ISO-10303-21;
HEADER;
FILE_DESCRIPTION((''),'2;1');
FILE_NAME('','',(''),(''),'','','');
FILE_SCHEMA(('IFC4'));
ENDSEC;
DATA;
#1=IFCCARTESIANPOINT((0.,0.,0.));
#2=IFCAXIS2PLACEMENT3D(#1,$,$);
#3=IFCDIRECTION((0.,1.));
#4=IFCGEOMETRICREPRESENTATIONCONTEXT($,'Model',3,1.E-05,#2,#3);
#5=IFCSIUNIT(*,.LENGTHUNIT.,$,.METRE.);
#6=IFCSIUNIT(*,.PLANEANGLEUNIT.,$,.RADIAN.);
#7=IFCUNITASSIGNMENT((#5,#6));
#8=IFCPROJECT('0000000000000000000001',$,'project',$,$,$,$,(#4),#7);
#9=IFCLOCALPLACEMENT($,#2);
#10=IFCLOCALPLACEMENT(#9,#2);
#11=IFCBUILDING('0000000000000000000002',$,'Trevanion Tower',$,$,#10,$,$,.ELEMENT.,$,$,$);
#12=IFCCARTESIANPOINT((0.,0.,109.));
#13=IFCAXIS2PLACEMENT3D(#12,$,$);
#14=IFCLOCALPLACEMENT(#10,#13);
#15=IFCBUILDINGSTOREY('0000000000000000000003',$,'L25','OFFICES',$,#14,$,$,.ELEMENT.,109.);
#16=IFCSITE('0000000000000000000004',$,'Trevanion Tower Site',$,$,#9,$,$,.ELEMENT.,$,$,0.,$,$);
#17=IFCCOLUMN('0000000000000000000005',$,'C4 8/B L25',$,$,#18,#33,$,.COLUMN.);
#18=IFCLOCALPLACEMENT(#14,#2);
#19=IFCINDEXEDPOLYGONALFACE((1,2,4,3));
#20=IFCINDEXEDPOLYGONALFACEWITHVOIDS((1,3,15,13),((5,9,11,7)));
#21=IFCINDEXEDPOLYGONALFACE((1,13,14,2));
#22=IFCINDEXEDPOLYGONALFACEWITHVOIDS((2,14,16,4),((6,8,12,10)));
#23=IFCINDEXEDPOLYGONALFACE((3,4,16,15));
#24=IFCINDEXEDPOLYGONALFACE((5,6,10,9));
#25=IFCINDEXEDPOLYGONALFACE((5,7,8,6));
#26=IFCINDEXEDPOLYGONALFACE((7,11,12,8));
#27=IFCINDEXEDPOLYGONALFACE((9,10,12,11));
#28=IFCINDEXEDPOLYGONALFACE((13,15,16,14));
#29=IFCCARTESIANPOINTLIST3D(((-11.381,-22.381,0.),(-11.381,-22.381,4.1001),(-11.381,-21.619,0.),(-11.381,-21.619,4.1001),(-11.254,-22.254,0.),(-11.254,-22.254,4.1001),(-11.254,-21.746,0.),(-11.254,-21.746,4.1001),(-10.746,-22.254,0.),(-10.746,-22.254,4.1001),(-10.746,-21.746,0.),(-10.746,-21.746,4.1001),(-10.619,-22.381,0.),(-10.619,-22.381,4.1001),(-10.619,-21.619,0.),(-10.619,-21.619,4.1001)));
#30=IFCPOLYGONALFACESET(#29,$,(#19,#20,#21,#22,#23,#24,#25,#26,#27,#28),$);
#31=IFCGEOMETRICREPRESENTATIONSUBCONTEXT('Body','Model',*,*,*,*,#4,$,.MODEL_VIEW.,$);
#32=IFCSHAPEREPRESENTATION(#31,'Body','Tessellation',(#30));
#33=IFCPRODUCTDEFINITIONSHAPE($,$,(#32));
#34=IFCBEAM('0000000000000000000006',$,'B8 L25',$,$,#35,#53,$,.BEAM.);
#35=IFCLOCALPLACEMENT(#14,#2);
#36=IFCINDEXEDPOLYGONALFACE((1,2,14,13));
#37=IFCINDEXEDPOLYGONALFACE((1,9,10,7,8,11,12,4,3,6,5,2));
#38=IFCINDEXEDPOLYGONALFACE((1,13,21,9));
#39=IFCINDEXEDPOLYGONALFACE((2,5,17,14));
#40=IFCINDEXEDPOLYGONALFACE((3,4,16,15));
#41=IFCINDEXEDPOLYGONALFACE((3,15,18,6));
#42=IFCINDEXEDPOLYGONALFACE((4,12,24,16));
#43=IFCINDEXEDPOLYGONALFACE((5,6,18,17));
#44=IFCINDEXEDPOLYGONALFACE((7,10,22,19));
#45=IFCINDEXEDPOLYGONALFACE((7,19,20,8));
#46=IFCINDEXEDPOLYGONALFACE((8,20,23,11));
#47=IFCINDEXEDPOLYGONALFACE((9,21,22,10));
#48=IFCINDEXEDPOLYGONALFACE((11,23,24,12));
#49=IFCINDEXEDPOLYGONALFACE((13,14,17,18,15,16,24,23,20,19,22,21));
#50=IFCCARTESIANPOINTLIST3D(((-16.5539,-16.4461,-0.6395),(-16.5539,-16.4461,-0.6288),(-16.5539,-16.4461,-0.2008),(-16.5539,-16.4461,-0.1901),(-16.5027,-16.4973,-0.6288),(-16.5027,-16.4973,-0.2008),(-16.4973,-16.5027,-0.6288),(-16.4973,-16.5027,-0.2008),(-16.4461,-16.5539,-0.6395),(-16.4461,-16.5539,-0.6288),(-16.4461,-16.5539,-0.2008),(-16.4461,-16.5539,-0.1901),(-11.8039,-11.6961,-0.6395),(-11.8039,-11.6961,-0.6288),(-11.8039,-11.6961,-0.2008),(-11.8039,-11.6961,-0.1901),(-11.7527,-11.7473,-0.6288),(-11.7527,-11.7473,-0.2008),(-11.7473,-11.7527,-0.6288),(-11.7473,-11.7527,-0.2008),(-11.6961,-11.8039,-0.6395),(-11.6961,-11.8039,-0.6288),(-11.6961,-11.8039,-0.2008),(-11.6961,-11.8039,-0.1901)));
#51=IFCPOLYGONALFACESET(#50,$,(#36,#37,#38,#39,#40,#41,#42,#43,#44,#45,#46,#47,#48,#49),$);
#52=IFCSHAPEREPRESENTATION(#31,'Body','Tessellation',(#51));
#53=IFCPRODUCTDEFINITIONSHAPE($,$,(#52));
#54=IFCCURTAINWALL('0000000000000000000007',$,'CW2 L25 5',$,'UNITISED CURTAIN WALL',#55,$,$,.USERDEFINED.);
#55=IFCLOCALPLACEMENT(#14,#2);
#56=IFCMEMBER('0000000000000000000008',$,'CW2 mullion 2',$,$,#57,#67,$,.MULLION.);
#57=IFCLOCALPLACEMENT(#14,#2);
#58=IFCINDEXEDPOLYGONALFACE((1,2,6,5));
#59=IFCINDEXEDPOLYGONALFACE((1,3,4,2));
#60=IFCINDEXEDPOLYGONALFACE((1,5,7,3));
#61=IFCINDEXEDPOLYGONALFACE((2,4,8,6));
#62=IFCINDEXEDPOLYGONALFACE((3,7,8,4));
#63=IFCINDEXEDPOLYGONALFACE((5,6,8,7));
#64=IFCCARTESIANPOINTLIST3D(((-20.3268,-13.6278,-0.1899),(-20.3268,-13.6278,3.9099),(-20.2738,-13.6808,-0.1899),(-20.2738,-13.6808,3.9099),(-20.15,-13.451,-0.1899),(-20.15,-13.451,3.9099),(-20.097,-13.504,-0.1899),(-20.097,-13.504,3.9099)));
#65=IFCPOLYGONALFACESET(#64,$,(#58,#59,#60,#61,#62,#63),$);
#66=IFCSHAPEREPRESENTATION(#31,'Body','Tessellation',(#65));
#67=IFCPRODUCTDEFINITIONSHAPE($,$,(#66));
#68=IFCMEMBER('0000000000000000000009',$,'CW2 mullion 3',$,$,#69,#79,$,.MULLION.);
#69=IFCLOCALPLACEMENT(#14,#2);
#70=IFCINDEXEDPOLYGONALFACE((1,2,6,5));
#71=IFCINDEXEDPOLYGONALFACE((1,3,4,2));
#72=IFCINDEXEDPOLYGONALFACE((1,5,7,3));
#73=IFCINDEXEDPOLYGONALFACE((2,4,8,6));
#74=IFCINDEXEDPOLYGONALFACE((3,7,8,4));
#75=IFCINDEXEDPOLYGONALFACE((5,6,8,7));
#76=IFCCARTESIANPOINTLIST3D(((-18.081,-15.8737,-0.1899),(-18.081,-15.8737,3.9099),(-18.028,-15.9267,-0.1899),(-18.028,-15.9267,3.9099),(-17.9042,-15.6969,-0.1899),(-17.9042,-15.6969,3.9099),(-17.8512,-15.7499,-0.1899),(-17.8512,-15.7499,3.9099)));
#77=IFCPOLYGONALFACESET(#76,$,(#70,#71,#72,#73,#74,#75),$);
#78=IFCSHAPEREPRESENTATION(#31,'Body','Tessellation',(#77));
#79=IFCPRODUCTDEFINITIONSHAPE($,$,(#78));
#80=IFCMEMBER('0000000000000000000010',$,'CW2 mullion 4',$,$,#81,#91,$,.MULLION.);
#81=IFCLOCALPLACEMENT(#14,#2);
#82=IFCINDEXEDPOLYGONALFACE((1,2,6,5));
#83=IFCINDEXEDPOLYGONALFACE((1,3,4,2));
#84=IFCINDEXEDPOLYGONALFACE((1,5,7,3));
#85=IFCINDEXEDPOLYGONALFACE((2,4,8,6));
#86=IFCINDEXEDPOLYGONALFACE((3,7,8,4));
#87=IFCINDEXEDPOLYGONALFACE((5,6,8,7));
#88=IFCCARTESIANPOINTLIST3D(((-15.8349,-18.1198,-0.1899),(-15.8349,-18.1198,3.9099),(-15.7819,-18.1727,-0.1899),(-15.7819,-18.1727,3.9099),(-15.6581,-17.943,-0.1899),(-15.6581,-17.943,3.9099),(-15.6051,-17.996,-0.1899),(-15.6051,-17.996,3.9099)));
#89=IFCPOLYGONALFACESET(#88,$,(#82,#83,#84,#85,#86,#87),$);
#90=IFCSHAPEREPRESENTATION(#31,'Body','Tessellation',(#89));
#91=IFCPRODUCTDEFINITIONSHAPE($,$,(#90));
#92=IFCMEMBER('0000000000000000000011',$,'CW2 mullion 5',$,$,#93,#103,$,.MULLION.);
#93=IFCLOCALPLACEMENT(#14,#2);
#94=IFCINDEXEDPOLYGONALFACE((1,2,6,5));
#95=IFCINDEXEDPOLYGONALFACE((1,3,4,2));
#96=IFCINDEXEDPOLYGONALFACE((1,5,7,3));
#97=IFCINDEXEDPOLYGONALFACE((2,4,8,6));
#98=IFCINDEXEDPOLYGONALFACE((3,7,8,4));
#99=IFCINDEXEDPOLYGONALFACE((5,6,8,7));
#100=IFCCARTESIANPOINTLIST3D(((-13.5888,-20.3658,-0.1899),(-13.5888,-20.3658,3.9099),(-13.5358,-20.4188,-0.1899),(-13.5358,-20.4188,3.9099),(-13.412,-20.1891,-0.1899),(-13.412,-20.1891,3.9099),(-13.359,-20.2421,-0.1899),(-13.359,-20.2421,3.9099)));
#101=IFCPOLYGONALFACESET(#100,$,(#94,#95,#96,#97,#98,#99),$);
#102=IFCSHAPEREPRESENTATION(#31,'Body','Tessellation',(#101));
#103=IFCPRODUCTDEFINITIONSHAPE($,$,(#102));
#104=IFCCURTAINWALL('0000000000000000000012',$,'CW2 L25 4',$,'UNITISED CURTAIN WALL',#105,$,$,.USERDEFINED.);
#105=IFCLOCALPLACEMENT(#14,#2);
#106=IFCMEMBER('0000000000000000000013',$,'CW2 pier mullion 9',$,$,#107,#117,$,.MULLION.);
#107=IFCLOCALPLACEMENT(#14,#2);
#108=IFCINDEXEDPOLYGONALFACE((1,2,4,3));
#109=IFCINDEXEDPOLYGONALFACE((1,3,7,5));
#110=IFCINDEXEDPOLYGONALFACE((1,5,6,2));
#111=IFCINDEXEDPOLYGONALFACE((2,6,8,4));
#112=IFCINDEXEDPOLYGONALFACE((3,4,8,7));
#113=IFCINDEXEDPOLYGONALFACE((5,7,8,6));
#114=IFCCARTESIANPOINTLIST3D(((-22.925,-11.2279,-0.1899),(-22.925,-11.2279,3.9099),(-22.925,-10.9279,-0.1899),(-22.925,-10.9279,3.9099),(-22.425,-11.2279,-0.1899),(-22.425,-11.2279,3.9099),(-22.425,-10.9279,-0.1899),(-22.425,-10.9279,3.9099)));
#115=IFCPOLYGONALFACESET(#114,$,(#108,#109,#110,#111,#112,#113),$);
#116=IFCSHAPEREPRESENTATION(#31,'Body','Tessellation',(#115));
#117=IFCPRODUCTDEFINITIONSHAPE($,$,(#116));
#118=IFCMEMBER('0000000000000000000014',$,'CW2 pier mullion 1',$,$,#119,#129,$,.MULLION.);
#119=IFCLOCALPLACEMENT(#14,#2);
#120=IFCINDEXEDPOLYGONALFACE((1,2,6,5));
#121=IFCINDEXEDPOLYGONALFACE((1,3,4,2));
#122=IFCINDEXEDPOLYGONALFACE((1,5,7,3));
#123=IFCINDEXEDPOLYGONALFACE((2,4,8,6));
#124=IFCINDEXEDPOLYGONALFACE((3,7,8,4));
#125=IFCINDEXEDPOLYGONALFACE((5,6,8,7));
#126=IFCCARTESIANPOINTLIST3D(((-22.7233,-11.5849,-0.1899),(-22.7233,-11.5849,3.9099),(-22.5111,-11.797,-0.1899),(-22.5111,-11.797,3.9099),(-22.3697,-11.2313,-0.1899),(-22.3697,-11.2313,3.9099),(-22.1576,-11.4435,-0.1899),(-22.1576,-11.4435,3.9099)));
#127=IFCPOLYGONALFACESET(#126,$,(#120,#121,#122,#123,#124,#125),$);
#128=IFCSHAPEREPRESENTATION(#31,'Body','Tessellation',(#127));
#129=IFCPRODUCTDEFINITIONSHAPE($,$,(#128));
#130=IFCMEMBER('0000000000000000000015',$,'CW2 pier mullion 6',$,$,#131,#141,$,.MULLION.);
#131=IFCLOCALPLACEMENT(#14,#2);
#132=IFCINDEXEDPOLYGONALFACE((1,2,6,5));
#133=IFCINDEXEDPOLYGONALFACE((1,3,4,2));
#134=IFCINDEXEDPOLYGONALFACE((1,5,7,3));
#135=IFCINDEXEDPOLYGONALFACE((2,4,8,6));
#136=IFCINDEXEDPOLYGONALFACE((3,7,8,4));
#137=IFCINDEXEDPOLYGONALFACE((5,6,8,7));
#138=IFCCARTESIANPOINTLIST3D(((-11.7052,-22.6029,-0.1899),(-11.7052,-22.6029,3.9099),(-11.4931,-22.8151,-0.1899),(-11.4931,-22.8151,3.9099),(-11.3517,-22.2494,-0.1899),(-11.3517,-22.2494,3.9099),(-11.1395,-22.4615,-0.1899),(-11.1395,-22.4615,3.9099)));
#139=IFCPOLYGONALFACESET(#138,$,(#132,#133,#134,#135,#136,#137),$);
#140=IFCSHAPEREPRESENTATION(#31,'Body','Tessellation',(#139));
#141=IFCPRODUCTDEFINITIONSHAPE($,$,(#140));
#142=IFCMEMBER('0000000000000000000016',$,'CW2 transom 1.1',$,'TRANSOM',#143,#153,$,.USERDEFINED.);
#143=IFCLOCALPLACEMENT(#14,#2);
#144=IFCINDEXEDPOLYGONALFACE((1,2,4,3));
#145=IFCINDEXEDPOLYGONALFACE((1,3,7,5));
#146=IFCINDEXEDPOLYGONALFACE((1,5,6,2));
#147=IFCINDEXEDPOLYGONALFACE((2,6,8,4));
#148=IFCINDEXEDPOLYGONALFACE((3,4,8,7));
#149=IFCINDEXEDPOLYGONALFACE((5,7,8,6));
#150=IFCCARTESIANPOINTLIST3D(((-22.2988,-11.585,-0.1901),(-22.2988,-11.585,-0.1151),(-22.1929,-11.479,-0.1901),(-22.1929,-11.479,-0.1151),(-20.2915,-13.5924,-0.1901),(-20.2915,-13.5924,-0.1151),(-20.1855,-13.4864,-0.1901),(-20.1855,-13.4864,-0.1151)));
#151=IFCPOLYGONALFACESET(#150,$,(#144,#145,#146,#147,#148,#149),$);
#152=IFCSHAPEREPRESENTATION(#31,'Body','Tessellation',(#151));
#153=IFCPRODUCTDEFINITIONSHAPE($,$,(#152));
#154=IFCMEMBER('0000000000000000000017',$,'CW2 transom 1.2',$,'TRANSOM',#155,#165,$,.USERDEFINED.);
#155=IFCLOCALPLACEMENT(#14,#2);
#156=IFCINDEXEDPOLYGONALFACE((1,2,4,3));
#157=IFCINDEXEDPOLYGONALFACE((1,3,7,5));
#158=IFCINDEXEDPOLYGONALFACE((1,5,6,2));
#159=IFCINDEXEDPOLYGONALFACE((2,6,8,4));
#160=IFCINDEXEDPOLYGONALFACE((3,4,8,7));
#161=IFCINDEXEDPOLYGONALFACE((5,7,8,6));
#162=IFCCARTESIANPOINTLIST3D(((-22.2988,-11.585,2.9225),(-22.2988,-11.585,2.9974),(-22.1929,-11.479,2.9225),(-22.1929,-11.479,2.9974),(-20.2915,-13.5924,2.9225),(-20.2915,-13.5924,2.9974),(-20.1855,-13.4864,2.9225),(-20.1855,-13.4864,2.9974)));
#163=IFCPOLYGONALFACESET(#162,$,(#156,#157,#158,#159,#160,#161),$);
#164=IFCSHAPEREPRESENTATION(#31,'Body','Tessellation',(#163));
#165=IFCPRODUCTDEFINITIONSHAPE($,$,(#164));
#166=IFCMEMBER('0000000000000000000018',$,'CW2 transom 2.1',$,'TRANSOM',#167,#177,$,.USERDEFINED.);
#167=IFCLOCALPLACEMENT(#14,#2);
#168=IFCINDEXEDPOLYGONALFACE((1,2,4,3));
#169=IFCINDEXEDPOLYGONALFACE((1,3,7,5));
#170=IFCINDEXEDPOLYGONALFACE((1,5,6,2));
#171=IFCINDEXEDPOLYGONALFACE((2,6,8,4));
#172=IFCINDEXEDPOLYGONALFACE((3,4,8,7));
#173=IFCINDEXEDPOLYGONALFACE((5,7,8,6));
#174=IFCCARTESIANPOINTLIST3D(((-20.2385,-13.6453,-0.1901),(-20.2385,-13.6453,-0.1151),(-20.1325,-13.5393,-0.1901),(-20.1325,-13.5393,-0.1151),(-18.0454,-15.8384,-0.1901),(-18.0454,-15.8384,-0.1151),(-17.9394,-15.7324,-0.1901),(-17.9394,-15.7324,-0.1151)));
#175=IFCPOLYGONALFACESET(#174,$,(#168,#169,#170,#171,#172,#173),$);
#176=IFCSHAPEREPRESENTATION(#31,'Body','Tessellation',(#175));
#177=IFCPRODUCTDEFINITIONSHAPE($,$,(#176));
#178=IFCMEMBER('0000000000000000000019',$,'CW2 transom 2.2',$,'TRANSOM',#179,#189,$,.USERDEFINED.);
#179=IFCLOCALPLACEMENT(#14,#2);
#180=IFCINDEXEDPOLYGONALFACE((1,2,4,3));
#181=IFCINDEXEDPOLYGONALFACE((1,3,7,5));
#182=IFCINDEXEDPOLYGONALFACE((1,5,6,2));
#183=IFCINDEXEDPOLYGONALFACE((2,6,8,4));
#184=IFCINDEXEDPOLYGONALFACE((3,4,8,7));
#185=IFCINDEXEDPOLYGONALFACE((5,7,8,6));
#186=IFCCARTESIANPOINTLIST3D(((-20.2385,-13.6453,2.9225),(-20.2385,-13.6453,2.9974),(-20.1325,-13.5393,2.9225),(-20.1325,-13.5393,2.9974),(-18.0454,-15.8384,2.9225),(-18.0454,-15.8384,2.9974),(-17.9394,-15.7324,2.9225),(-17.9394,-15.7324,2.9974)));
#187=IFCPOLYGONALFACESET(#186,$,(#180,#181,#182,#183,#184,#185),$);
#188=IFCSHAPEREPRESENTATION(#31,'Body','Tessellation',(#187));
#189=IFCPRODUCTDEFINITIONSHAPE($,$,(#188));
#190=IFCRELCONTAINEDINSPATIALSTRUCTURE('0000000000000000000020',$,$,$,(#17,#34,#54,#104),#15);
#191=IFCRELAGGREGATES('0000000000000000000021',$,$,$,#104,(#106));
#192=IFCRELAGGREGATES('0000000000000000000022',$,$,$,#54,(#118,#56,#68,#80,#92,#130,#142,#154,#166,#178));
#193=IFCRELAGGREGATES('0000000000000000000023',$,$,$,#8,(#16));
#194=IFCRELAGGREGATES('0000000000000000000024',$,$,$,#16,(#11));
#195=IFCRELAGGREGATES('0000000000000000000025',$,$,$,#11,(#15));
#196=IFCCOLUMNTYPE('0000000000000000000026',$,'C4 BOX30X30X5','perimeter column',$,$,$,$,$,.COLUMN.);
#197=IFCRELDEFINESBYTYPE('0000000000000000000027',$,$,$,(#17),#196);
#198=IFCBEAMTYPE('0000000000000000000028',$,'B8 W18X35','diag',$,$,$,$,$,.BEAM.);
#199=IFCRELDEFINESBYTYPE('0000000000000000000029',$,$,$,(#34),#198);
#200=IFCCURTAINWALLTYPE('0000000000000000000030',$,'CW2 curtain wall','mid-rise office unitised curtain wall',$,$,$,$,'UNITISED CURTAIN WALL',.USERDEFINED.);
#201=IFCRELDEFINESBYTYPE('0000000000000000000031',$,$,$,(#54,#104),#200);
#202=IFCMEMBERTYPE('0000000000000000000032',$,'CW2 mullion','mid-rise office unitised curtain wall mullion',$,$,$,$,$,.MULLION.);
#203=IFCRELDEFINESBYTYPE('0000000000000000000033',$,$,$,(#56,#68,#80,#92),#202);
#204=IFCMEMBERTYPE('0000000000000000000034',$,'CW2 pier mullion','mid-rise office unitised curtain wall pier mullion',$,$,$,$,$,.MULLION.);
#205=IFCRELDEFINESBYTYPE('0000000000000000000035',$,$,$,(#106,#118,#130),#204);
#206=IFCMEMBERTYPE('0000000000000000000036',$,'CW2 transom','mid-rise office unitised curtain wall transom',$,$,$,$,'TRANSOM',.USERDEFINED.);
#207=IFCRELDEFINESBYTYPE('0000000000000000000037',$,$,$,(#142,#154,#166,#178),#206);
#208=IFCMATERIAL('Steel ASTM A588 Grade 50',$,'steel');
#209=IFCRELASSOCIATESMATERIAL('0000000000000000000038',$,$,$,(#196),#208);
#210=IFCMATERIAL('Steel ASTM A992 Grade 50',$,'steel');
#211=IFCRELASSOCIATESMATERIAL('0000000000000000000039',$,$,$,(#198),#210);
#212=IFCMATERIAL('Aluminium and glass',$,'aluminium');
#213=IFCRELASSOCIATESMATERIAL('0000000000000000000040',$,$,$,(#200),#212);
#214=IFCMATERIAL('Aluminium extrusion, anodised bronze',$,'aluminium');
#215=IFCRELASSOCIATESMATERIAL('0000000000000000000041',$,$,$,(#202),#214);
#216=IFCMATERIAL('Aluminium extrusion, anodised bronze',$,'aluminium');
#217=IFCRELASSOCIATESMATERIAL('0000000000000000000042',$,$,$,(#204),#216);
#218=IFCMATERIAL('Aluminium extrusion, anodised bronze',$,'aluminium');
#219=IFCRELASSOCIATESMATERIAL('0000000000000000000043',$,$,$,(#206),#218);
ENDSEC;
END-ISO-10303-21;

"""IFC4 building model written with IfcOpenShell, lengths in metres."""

from ifc_helpers import new_model, si_unit, direction, frame, origin, origin_2d, place, context, subcontext, project, spatial, rectangle, hollow_rectangle, i_section, extrude, material, material_profile, profile_set, type_object, element, aggregate, save


model = new_model("IFC4")

# Units and contexts
model_context = context("Model", 3, precision=1e-05, world=origin(), true_north=direction((0.0, 1.0)))
body_context = subcontext(model_context, "Body", "Model", "MODEL_VIEW")
ifc_project = project(units=[si_unit("LENGTHUNIT", "METRE"), si_unit("PLANEANGLEUNIT", "RADIAN")], contexts=[model_context])

# Site, building, storey
site_placement = place(None, origin())
site = spatial("IfcSite", under=ifc_project, at=site_placement, Name="Trevanion Tower Site", CompositionType="ELEMENT", RefElevation=0.0)
building_placement = place(site_placement, origin())
building = spatial("IfcBuilding", under=site, at=building_placement, Name="Trevanion Tower", CompositionType="ELEMENT")
storey_placement = place(building_placement, frame((0.0, 0.0, 109.0)))
storey = spatial("IfcBuildingStorey", under=building, at=storey_placement, Name="L25", Description="OFFICES", CompositionType="ELEMENT", Elevation=109.0)

# Column
ifc_material_1 = material(Name="Steel ASTM A588 Grade 50", Category="steel")
ifc_material_profile_1 = material_profile(ifc_material_1, hollow_rectangle(XDim=0.762, YDim=0.762, WallThickness=0.127, at=origin_2d()), Name="BOX30X30X5")
ifc_profile_set_1 = profile_set([ifc_material_profile_1], Name="Steel ASTM A588 Grade 50")
column_type = type_object("IfcColumnType", Name="C4 BOX30X30X5", Description="perimeter column", PredefinedType="COLUMN", material=ifc_profile_set_1)
column_placement = place(storey_placement, frame((-11.0, -22.0, 0.0), z_axis=(0.0, 0.0, 1.0), x_axis=(1.0, 0.0, 0.0)))
element("IfcColumn", 1, at=column_placement, inside=storey, type_object=column_type, Name="C4 8/B L25", PredefinedType="COLUMN", context=body_context, shape_type="SweptSolid", body=[
    extrude(hollow_rectangle(XDim=0.762, YDim=0.762, WallThickness=0.127, at=origin_2d()), origin(), (0.0, 0.0, 1.0), 4.1001),
])

# Beam
ifc_material_2 = material(Name="Steel ASTM A992 Grade 50", Category="steel")
ifc_material_profile_2 = material_profile(ifc_material_2, i_section(OverallWidth=0.1523, OverallDepth=0.4495, WebThickness=0.0076, FlangeThickness=0.0107, at=origin_2d()), Name="W18X35")
ifc_profile_set_2 = profile_set([ifc_material_profile_2], Name="Steel ASTM A992 Grade 50")
beam_type_1 = type_object("IfcBeamType", Name="B8 W18X35", Description="diag", PredefinedType="BEAM", material=ifc_profile_set_2)
beam_1_placement = place(storey_placement, frame((-11.75, -11.75, -0.4148), z_axis=(-0.707107, -0.707107, 0.0), x_axis=(0.707107, -0.707107, 0.0)))
element("IfcBeam", 2, at=beam_1_placement, inside=storey, type_object=beam_type_1, Name="B8 L25", PredefinedType="BEAM", context=body_context, shape_type="SweptSolid", body=[
    extrude(i_section(OverallWidth=0.1523, OverallDepth=0.4495, WebThickness=0.0076, FlangeThickness=0.0107, at=origin_2d()), origin(), (0.0, 0.0, 1.0), 6.7175),
])

# Curtain wall, members
ifc_material_3 = material(Name="Aluminium and glass", Category="aluminium")
curtain_wall_type = type_object("IfcCurtainWallType", Name="CW2 curtain wall", Description="mid-rise office unitised curtain wall", ElementType="UNITISED CURTAIN WALL", PredefinedType="USERDEFINED", material=ifc_material_3)
curtain_wall_1_placement = place(storey_placement, origin())
curtain_wall_1 = element("IfcCurtainWall", 3, at=curtain_wall_1_placement, inside=storey, type_object=curtain_wall_type, Name="CW2 L25 5", ObjectType="UNITISED CURTAIN WALL", PredefinedType="USERDEFINED")
ifc_material_4 = material(Name="Aluminium extrusion, anodised bronze", Category="aluminium")
ifc_material_profile_3 = material_profile(ifc_material_4, rectangle(XDim=0.075, YDim=0.25, at=origin_2d()), Name="CW2 mullion")
ifc_profile_set_3 = profile_set([ifc_material_profile_3], Name="Aluminium extrusion, anodised bronze")
member_type_1 = type_object("IfcMemberType", Name="CW2 mullion", Description="mid-rise office unitised curtain wall mullion", PredefinedType="MULLION", material=ifc_profile_set_3)
member_1_placement = place(storey_placement, frame((-20.2119, -13.5659, -0.1899), z_axis=(0.0, 0.0, 1.0), x_axis=(0.707107, -0.707107, 0.0)))
member_1 = element("IfcMember", 4, at=member_1_placement, type_object=member_type_1, Name="CW2 mullion 2", PredefinedType="MULLION", context=body_context, shape_type="SweptSolid", body=[
    extrude(rectangle(XDim=0.075, YDim=0.25, at=origin_2d()), origin(), (0.0, 0.0, 1.0), 4.0999),
])
member_2_placement = place(storey_placement, frame((-17.9661, -15.8118, -0.1899), z_axis=(0.0, 0.0, 1.0), x_axis=(0.707107, -0.707107, 0.0)))
member_2 = element("IfcMember", 5, at=member_2_placement, type_object=member_type_1, Name="CW2 mullion 3", PredefinedType="MULLION", context=body_context, shape_type="SweptSolid", body=[
    extrude(rectangle(XDim=0.075, YDim=0.25, at=origin_2d()), origin(), (0.0, 0.0, 1.0), 4.0999),
])
member_3_placement = place(storey_placement, frame((-15.72, -18.0579, -0.1899), z_axis=(0.0, 0.0, 1.0), x_axis=(0.707107, -0.707107, 0.0)))
member_3 = element("IfcMember", 6, at=member_3_placement, type_object=member_type_1, Name="CW2 mullion 4", PredefinedType="MULLION", context=body_context, shape_type="SweptSolid", body=[
    extrude(rectangle(XDim=0.075, YDim=0.25, at=origin_2d()), origin(), (0.0, 0.0, 1.0), 4.0999),
])
member_4_placement = place(storey_placement, frame((-13.4739, -20.304, -0.1899), z_axis=(0.0, 0.0, 1.0), x_axis=(0.707107, -0.707107, 0.0)))
member_4 = element("IfcMember", 7, at=member_4_placement, type_object=member_type_1, Name="CW2 mullion 5", PredefinedType="MULLION", context=body_context, shape_type="SweptSolid", body=[
    extrude(rectangle(XDim=0.075, YDim=0.25, at=origin_2d()), origin(), (0.0, 0.0, 1.0), 4.0999),
])

# Curtain wall, member
curtain_wall_2_placement = place(storey_placement, origin())
curtain_wall_2 = element("IfcCurtainWall", 8, at=curtain_wall_2_placement, inside=storey, type_object=curtain_wall_type, Name="CW2 L25 4", ObjectType="UNITISED CURTAIN WALL", PredefinedType="USERDEFINED")
ifc_material_5 = material(Name="Aluminium extrusion, anodised bronze", Category="aluminium")
ifc_material_profile_4 = material_profile(ifc_material_5, rectangle(XDim=0.3, YDim=0.5, at=origin_2d()), Name="CW2 pier mullion")
ifc_profile_set_4 = profile_set([ifc_material_profile_4], Name="Aluminium extrusion, anodised bronze")
member_type_2 = type_object("IfcMemberType", Name="CW2 pier mullion", Description="mid-rise office unitised curtain wall pier mullion", PredefinedType="MULLION", material=ifc_profile_set_4)
member_5_placement = place(storey_placement, frame((-22.675, -11.0779, -0.1899), z_axis=(0.0, 0.0, 1.0), x_axis=(0.0, -1.0, 0.0)))
member_5 = element("IfcMember", 9, at=member_5_placement, type_object=member_type_2, Name="CW2 pier mullion 9", PredefinedType="MULLION", context=body_context, shape_type="SweptSolid", body=[
    extrude(rectangle(XDim=0.3, YDim=0.5, at=origin_2d()), origin(), (0.0, 0.0, 1.0), 4.0999),
])
aggregate(curtain_wall_2, [member_5])

# Members
member_6_placement = place(storey_placement, frame((-22.4404, -11.5142, -0.1899), z_axis=(0.0, 0.0, 1.0), x_axis=(0.707107, -0.707107, 0.0)))
member_6 = element("IfcMember", 10, at=member_6_placement, type_object=member_type_2, Name="CW2 pier mullion 1", PredefinedType="MULLION", context=body_context, shape_type="SweptSolid", body=[
    extrude(rectangle(XDim=0.3, YDim=0.5, at=origin_2d()), origin(), (0.0, 0.0, 1.0), 4.0999),
])
member_7_placement = place(storey_placement, frame((-11.4224, -22.5322, -0.1899), z_axis=(0.0, 0.0, 1.0), x_axis=(0.707107, -0.707107, 0.0)))
member_7 = element("IfcMember", 11, at=member_7_placement, type_object=member_type_2, Name="CW2 pier mullion 6", PredefinedType="MULLION", context=body_context, shape_type="SweptSolid", body=[
    extrude(rectangle(XDim=0.3, YDim=0.5, at=origin_2d()), origin(), (0.0, 0.0, 1.0), 4.0999),
])
ifc_material_6 = material(Name="Aluminium extrusion, anodised bronze", Category="aluminium")
ifc_material_profile_5 = material_profile(ifc_material_6, rectangle(XDim=0.1499, YDim=0.075, at=origin_2d()), Name="CW2 transom")
ifc_profile_set_5 = profile_set([ifc_material_profile_5], Name="Aluminium extrusion, anodised bronze")
member_type_3 = type_object("IfcMemberType", Name="CW2 transom", Description="mid-rise office unitised curtain wall transom", ElementType="TRANSOM", PredefinedType="USERDEFINED", material=ifc_profile_set_5)
member_8_placement = place(storey_placement, frame((-22.2458, -11.532, -0.1526), z_axis=(0.707107, -0.707107, 0.0), x_axis=(0.707107, 0.707107, 0.0)))
member_8 = element("IfcMember", 12, at=member_8_placement, type_object=member_type_3, Name="CW2 transom 1.1", ObjectType="TRANSOM", PredefinedType="USERDEFINED", context=body_context, shape_type="SweptSolid", body=[
    extrude(rectangle(XDim=0.1499, YDim=0.075, at=origin_2d()), origin(), (0.0, 0.0, 1.0), 2.8389),
])
member_9_placement = place(storey_placement, frame((-22.2458, -11.532, 2.96), z_axis=(0.707107, -0.707107, 0.0), x_axis=(0.707107, 0.707107, 0.0)))
member_9 = element("IfcMember", 13, at=member_9_placement, type_object=member_type_3, Name="CW2 transom 1.2", ObjectType="TRANSOM", PredefinedType="USERDEFINED", context=body_context, shape_type="SweptSolid", body=[
    extrude(rectangle(XDim=0.1499, YDim=0.075, at=origin_2d()), origin(), (0.0, 0.0, 1.0), 2.8389),
])
member_10_placement = place(storey_placement, frame((-20.1855, -13.5923, -0.1526), z_axis=(0.707107, -0.707107, 0.0), x_axis=(0.707107, 0.707107, 0.0)))
member_10 = element("IfcMember", 14, at=member_10_placement, type_object=member_type_3, Name="CW2 transom 2.1", ObjectType="TRANSOM", PredefinedType="USERDEFINED", context=body_context, shape_type="SweptSolid", body=[
    extrude(rectangle(XDim=0.1499, YDim=0.075, at=origin_2d()), origin(), (0.0, 0.0, 1.0), 3.1016),
])
member_11_placement = place(storey_placement, frame((-20.1855, -13.5923, 2.96), z_axis=(0.707107, -0.707107, 0.0), x_axis=(0.707107, 0.707107, 0.0)))
member_11 = element("IfcMember", 15, at=member_11_placement, type_object=member_type_3, Name="CW2 transom 2.2", ObjectType="TRANSOM", PredefinedType="USERDEFINED", context=body_context, shape_type="SweptSolid", body=[
    extrude(rectangle(XDim=0.1499, YDim=0.075, at=origin_2d()), origin(), (0.0, 0.0, 1.0), 3.1016),
])

aggregate(curtain_wall_1, [member_6, member_1, member_2, member_3, member_4, member_7, member_8, member_9, member_10, member_11])

save(model, "model.ifc")
